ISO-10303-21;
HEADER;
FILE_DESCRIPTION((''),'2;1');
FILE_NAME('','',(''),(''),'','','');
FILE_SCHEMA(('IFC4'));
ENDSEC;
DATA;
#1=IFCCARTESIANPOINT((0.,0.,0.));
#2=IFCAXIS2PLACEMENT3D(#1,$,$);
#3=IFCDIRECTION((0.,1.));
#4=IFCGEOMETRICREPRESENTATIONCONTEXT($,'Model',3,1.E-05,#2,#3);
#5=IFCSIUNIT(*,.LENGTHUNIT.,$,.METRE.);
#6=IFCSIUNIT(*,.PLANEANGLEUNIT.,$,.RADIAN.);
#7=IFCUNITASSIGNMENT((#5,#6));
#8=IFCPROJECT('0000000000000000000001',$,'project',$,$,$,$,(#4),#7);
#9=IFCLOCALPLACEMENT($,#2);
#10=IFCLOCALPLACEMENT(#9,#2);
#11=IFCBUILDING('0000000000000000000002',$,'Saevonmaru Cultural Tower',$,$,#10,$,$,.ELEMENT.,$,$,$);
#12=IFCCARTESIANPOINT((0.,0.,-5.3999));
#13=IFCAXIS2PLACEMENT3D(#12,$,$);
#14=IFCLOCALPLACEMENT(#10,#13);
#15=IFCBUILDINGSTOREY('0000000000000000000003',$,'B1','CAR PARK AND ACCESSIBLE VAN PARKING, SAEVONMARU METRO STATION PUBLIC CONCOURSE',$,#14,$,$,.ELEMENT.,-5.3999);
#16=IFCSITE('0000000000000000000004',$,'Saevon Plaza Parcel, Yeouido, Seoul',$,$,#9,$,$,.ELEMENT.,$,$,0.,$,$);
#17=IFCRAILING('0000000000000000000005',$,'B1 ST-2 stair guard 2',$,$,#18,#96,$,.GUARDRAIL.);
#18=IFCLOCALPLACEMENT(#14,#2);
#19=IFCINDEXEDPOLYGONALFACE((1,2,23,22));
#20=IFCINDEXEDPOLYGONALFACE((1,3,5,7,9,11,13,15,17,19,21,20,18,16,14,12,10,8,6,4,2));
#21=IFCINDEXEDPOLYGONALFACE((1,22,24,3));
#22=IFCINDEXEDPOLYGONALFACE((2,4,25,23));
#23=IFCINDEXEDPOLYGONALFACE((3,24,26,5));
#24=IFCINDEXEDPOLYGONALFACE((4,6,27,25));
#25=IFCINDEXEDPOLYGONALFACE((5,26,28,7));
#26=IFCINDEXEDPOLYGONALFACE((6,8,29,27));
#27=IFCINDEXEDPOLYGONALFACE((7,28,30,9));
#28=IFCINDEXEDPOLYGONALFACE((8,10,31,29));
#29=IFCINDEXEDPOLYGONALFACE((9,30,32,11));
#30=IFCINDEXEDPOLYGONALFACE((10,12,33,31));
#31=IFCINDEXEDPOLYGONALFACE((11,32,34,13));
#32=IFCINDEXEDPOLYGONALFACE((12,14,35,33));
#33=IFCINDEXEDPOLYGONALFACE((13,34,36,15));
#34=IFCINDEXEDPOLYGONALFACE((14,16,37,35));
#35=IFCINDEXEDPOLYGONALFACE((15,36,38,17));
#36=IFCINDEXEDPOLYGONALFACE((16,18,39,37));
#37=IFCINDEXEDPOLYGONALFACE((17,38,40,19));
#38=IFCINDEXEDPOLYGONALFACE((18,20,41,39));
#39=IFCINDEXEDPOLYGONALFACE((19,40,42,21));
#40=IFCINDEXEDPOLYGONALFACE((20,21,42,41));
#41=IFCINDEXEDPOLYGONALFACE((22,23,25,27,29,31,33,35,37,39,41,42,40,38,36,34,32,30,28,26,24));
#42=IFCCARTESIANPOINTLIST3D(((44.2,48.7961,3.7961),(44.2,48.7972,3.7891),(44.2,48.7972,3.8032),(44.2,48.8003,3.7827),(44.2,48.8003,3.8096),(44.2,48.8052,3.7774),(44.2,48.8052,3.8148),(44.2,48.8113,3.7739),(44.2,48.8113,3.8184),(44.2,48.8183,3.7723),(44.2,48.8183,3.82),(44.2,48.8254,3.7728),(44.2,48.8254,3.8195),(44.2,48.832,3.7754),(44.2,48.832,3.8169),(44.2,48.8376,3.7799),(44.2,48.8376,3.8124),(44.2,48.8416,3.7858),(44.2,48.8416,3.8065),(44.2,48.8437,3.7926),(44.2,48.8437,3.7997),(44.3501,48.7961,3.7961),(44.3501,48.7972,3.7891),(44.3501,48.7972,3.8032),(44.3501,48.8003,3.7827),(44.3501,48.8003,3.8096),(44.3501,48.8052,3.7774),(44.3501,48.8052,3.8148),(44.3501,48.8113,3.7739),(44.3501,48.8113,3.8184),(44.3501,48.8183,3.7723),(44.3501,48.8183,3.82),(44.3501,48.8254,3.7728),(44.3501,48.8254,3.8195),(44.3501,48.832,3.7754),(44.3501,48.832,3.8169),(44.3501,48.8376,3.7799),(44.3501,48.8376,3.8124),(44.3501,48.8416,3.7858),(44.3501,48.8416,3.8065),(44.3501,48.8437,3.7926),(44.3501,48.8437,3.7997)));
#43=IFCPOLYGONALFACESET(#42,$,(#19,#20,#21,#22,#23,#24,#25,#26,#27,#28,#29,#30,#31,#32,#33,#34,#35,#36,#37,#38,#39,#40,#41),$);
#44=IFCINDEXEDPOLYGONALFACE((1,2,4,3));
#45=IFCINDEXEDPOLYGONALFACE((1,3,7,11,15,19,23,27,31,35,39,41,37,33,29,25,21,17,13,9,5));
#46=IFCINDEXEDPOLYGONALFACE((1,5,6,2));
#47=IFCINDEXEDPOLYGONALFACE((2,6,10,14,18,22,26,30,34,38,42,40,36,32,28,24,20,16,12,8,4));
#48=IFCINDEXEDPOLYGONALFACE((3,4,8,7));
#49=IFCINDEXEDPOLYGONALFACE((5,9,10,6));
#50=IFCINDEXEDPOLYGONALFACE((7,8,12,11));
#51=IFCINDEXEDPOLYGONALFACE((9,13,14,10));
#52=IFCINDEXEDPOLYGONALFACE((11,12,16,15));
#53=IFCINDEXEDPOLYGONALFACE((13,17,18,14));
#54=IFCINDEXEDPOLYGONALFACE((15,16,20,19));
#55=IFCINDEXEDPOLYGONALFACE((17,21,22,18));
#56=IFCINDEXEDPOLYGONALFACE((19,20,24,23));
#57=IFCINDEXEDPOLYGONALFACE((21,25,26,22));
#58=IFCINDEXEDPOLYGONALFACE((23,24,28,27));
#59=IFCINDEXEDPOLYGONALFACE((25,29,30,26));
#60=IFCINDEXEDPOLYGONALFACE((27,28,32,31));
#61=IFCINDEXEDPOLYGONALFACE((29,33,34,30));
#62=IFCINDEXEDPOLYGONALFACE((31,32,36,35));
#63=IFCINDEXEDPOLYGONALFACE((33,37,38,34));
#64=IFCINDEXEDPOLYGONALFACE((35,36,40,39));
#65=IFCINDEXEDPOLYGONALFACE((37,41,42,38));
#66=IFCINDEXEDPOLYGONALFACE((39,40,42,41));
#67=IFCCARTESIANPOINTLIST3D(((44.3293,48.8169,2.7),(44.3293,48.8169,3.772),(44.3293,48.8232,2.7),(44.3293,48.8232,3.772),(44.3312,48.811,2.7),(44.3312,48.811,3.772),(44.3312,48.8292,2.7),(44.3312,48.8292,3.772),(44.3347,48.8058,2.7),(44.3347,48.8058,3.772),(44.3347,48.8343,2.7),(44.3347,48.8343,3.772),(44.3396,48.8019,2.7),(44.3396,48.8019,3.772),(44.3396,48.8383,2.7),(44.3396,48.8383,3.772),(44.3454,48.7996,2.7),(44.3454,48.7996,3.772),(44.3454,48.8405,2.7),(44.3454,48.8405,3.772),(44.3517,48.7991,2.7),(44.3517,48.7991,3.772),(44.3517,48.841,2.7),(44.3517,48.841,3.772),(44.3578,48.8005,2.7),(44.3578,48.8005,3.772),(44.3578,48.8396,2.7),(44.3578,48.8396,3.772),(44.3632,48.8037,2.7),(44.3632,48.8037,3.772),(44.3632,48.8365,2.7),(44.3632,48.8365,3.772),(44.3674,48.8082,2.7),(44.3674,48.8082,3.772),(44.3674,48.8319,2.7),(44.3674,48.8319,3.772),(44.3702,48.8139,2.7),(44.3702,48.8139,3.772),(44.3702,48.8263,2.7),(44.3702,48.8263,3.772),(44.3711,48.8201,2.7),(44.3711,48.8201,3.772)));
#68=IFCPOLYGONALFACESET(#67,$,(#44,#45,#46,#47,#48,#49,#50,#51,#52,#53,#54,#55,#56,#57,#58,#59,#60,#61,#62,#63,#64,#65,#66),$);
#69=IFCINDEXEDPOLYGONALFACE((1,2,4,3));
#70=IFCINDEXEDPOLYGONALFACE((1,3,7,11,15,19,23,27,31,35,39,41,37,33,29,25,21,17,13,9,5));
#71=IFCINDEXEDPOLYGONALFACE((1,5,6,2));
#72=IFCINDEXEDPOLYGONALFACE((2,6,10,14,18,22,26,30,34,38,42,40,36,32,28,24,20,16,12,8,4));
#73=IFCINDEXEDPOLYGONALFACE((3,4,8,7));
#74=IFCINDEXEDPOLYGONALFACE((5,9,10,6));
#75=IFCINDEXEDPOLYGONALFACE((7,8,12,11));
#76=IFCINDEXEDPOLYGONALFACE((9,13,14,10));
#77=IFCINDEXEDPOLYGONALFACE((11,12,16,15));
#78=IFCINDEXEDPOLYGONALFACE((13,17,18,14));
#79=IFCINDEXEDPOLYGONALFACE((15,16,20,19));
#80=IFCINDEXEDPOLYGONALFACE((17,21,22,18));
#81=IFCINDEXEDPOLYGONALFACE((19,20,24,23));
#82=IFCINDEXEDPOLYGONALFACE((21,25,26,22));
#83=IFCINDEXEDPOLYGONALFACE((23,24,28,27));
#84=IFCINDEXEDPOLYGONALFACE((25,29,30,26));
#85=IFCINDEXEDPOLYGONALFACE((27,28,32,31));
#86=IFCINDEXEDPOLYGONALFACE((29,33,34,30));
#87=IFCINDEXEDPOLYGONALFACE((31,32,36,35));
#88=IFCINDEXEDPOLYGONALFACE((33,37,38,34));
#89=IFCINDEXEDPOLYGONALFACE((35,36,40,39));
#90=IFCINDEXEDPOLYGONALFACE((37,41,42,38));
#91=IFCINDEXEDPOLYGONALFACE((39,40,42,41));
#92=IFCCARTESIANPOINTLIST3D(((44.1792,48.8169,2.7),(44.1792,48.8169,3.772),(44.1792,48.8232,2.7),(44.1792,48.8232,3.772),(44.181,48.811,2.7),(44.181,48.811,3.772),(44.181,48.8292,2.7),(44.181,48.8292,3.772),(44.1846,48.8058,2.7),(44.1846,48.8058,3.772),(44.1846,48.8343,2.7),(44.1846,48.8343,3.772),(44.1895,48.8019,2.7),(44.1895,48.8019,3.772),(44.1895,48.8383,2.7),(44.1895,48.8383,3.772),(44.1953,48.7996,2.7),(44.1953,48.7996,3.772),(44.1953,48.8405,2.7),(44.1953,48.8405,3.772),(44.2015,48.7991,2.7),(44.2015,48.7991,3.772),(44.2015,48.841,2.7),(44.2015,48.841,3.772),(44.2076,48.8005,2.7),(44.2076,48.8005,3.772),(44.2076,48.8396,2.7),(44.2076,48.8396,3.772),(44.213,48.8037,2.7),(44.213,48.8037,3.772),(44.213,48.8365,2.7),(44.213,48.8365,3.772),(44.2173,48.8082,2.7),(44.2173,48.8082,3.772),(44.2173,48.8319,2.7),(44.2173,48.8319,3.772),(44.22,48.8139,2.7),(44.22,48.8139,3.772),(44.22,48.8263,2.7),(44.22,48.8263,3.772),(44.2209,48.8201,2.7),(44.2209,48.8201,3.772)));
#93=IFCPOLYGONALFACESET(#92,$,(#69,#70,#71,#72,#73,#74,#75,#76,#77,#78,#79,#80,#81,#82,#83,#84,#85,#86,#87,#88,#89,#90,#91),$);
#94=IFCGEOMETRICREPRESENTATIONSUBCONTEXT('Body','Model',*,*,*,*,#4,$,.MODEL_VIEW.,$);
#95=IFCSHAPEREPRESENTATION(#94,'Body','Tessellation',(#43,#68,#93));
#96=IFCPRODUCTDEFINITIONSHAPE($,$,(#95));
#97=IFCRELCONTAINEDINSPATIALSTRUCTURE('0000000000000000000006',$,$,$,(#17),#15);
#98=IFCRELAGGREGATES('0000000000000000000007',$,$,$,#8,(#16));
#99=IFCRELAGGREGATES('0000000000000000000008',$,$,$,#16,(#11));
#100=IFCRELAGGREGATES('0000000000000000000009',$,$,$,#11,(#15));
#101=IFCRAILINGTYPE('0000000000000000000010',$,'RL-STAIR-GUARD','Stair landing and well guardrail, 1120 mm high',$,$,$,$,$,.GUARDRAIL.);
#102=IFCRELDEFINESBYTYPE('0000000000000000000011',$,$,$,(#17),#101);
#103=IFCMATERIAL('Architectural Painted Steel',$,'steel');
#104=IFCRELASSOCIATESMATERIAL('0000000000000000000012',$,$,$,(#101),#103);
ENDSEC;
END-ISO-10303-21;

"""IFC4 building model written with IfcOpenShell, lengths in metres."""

from ifc_helpers import new_model, si_unit, direction, frame, origin, origin_2d, place, context, subcontext, project, spatial, circle, extrude, material, type_object, element, save


model = new_model("IFC4")

# Units and contexts
model_context = context("Model", 3, precision=1e-05, world=origin(), true_north=direction((0.0, 1.0)))
body_context = subcontext(model_context, "Body", "Model", "MODEL_VIEW")
ifc_project = project(units=[si_unit("LENGTHUNIT", "METRE"), si_unit("PLANEANGLEUNIT", "RADIAN")], contexts=[model_context])

# Site, building, storey
site_placement = place(None, origin())
site = spatial("IfcSite", under=ifc_project, at=site_placement, Name="Saevon Plaza Parcel, Yeouido, Seoul", CompositionType="ELEMENT", RefElevation=0.0)
building_placement = place(site_placement, origin())
building = spatial("IfcBuilding", under=site, at=building_placement, Name="Saevonmaru Cultural Tower", CompositionType="ELEMENT")
storey_placement = place(building_placement, frame((0.0, 0.0, -5.3999)))
storey = spatial("IfcBuildingStorey", under=building, at=storey_placement, Name="B1", Description="CAR PARK AND ACCESSIBLE VAN PARKING, SAEVONMARU METRO STATION PUBLIC CONCOURSE", CompositionType="ELEMENT", Elevation=-5.3999)

# Railing
ifc_material_1 = material(Name="Architectural Painted Steel", Category="steel")
railing_type_1 = type_object("IfcRailingType", Name="RL-STAIR-GUARD", Description="Stair landing and well guardrail, 1120 mm high", PredefinedType="GUARDRAIL", material=ifc_material_1)
railing_1_placement = place(storey_placement, frame((44.3501, 48.8201, 2.7)))
element("IfcRailing", 1, at=railing_1_placement, inside=storey, type_object=railing_type_1, Name="B1 ST-2 stair guard 2", PredefinedType="GUARDRAIL", context=body_context, shape_type="SweptSolid", body=[
    extrude(circle(Radius=0.0239, at=origin_2d()), frame((0.0, 0.0, 1.0962), z_axis=(-1.0, 0.0, 0.0), x_axis=(0.0, -1.0, 0.0)), (0.0, 0.0, 1.0), 0.1501),
    extrude(circle(Radius=0.021, at=origin_2d()), origin(), (0.0, 0.0, 1.0), 1.072),
    extrude(circle(Radius=0.021, at=origin_2d()), frame((-0.1501, 0.0, 0.0)), (0.0, 0.0, 1.0), 1.072),
])

save(model, "model.ifc")
